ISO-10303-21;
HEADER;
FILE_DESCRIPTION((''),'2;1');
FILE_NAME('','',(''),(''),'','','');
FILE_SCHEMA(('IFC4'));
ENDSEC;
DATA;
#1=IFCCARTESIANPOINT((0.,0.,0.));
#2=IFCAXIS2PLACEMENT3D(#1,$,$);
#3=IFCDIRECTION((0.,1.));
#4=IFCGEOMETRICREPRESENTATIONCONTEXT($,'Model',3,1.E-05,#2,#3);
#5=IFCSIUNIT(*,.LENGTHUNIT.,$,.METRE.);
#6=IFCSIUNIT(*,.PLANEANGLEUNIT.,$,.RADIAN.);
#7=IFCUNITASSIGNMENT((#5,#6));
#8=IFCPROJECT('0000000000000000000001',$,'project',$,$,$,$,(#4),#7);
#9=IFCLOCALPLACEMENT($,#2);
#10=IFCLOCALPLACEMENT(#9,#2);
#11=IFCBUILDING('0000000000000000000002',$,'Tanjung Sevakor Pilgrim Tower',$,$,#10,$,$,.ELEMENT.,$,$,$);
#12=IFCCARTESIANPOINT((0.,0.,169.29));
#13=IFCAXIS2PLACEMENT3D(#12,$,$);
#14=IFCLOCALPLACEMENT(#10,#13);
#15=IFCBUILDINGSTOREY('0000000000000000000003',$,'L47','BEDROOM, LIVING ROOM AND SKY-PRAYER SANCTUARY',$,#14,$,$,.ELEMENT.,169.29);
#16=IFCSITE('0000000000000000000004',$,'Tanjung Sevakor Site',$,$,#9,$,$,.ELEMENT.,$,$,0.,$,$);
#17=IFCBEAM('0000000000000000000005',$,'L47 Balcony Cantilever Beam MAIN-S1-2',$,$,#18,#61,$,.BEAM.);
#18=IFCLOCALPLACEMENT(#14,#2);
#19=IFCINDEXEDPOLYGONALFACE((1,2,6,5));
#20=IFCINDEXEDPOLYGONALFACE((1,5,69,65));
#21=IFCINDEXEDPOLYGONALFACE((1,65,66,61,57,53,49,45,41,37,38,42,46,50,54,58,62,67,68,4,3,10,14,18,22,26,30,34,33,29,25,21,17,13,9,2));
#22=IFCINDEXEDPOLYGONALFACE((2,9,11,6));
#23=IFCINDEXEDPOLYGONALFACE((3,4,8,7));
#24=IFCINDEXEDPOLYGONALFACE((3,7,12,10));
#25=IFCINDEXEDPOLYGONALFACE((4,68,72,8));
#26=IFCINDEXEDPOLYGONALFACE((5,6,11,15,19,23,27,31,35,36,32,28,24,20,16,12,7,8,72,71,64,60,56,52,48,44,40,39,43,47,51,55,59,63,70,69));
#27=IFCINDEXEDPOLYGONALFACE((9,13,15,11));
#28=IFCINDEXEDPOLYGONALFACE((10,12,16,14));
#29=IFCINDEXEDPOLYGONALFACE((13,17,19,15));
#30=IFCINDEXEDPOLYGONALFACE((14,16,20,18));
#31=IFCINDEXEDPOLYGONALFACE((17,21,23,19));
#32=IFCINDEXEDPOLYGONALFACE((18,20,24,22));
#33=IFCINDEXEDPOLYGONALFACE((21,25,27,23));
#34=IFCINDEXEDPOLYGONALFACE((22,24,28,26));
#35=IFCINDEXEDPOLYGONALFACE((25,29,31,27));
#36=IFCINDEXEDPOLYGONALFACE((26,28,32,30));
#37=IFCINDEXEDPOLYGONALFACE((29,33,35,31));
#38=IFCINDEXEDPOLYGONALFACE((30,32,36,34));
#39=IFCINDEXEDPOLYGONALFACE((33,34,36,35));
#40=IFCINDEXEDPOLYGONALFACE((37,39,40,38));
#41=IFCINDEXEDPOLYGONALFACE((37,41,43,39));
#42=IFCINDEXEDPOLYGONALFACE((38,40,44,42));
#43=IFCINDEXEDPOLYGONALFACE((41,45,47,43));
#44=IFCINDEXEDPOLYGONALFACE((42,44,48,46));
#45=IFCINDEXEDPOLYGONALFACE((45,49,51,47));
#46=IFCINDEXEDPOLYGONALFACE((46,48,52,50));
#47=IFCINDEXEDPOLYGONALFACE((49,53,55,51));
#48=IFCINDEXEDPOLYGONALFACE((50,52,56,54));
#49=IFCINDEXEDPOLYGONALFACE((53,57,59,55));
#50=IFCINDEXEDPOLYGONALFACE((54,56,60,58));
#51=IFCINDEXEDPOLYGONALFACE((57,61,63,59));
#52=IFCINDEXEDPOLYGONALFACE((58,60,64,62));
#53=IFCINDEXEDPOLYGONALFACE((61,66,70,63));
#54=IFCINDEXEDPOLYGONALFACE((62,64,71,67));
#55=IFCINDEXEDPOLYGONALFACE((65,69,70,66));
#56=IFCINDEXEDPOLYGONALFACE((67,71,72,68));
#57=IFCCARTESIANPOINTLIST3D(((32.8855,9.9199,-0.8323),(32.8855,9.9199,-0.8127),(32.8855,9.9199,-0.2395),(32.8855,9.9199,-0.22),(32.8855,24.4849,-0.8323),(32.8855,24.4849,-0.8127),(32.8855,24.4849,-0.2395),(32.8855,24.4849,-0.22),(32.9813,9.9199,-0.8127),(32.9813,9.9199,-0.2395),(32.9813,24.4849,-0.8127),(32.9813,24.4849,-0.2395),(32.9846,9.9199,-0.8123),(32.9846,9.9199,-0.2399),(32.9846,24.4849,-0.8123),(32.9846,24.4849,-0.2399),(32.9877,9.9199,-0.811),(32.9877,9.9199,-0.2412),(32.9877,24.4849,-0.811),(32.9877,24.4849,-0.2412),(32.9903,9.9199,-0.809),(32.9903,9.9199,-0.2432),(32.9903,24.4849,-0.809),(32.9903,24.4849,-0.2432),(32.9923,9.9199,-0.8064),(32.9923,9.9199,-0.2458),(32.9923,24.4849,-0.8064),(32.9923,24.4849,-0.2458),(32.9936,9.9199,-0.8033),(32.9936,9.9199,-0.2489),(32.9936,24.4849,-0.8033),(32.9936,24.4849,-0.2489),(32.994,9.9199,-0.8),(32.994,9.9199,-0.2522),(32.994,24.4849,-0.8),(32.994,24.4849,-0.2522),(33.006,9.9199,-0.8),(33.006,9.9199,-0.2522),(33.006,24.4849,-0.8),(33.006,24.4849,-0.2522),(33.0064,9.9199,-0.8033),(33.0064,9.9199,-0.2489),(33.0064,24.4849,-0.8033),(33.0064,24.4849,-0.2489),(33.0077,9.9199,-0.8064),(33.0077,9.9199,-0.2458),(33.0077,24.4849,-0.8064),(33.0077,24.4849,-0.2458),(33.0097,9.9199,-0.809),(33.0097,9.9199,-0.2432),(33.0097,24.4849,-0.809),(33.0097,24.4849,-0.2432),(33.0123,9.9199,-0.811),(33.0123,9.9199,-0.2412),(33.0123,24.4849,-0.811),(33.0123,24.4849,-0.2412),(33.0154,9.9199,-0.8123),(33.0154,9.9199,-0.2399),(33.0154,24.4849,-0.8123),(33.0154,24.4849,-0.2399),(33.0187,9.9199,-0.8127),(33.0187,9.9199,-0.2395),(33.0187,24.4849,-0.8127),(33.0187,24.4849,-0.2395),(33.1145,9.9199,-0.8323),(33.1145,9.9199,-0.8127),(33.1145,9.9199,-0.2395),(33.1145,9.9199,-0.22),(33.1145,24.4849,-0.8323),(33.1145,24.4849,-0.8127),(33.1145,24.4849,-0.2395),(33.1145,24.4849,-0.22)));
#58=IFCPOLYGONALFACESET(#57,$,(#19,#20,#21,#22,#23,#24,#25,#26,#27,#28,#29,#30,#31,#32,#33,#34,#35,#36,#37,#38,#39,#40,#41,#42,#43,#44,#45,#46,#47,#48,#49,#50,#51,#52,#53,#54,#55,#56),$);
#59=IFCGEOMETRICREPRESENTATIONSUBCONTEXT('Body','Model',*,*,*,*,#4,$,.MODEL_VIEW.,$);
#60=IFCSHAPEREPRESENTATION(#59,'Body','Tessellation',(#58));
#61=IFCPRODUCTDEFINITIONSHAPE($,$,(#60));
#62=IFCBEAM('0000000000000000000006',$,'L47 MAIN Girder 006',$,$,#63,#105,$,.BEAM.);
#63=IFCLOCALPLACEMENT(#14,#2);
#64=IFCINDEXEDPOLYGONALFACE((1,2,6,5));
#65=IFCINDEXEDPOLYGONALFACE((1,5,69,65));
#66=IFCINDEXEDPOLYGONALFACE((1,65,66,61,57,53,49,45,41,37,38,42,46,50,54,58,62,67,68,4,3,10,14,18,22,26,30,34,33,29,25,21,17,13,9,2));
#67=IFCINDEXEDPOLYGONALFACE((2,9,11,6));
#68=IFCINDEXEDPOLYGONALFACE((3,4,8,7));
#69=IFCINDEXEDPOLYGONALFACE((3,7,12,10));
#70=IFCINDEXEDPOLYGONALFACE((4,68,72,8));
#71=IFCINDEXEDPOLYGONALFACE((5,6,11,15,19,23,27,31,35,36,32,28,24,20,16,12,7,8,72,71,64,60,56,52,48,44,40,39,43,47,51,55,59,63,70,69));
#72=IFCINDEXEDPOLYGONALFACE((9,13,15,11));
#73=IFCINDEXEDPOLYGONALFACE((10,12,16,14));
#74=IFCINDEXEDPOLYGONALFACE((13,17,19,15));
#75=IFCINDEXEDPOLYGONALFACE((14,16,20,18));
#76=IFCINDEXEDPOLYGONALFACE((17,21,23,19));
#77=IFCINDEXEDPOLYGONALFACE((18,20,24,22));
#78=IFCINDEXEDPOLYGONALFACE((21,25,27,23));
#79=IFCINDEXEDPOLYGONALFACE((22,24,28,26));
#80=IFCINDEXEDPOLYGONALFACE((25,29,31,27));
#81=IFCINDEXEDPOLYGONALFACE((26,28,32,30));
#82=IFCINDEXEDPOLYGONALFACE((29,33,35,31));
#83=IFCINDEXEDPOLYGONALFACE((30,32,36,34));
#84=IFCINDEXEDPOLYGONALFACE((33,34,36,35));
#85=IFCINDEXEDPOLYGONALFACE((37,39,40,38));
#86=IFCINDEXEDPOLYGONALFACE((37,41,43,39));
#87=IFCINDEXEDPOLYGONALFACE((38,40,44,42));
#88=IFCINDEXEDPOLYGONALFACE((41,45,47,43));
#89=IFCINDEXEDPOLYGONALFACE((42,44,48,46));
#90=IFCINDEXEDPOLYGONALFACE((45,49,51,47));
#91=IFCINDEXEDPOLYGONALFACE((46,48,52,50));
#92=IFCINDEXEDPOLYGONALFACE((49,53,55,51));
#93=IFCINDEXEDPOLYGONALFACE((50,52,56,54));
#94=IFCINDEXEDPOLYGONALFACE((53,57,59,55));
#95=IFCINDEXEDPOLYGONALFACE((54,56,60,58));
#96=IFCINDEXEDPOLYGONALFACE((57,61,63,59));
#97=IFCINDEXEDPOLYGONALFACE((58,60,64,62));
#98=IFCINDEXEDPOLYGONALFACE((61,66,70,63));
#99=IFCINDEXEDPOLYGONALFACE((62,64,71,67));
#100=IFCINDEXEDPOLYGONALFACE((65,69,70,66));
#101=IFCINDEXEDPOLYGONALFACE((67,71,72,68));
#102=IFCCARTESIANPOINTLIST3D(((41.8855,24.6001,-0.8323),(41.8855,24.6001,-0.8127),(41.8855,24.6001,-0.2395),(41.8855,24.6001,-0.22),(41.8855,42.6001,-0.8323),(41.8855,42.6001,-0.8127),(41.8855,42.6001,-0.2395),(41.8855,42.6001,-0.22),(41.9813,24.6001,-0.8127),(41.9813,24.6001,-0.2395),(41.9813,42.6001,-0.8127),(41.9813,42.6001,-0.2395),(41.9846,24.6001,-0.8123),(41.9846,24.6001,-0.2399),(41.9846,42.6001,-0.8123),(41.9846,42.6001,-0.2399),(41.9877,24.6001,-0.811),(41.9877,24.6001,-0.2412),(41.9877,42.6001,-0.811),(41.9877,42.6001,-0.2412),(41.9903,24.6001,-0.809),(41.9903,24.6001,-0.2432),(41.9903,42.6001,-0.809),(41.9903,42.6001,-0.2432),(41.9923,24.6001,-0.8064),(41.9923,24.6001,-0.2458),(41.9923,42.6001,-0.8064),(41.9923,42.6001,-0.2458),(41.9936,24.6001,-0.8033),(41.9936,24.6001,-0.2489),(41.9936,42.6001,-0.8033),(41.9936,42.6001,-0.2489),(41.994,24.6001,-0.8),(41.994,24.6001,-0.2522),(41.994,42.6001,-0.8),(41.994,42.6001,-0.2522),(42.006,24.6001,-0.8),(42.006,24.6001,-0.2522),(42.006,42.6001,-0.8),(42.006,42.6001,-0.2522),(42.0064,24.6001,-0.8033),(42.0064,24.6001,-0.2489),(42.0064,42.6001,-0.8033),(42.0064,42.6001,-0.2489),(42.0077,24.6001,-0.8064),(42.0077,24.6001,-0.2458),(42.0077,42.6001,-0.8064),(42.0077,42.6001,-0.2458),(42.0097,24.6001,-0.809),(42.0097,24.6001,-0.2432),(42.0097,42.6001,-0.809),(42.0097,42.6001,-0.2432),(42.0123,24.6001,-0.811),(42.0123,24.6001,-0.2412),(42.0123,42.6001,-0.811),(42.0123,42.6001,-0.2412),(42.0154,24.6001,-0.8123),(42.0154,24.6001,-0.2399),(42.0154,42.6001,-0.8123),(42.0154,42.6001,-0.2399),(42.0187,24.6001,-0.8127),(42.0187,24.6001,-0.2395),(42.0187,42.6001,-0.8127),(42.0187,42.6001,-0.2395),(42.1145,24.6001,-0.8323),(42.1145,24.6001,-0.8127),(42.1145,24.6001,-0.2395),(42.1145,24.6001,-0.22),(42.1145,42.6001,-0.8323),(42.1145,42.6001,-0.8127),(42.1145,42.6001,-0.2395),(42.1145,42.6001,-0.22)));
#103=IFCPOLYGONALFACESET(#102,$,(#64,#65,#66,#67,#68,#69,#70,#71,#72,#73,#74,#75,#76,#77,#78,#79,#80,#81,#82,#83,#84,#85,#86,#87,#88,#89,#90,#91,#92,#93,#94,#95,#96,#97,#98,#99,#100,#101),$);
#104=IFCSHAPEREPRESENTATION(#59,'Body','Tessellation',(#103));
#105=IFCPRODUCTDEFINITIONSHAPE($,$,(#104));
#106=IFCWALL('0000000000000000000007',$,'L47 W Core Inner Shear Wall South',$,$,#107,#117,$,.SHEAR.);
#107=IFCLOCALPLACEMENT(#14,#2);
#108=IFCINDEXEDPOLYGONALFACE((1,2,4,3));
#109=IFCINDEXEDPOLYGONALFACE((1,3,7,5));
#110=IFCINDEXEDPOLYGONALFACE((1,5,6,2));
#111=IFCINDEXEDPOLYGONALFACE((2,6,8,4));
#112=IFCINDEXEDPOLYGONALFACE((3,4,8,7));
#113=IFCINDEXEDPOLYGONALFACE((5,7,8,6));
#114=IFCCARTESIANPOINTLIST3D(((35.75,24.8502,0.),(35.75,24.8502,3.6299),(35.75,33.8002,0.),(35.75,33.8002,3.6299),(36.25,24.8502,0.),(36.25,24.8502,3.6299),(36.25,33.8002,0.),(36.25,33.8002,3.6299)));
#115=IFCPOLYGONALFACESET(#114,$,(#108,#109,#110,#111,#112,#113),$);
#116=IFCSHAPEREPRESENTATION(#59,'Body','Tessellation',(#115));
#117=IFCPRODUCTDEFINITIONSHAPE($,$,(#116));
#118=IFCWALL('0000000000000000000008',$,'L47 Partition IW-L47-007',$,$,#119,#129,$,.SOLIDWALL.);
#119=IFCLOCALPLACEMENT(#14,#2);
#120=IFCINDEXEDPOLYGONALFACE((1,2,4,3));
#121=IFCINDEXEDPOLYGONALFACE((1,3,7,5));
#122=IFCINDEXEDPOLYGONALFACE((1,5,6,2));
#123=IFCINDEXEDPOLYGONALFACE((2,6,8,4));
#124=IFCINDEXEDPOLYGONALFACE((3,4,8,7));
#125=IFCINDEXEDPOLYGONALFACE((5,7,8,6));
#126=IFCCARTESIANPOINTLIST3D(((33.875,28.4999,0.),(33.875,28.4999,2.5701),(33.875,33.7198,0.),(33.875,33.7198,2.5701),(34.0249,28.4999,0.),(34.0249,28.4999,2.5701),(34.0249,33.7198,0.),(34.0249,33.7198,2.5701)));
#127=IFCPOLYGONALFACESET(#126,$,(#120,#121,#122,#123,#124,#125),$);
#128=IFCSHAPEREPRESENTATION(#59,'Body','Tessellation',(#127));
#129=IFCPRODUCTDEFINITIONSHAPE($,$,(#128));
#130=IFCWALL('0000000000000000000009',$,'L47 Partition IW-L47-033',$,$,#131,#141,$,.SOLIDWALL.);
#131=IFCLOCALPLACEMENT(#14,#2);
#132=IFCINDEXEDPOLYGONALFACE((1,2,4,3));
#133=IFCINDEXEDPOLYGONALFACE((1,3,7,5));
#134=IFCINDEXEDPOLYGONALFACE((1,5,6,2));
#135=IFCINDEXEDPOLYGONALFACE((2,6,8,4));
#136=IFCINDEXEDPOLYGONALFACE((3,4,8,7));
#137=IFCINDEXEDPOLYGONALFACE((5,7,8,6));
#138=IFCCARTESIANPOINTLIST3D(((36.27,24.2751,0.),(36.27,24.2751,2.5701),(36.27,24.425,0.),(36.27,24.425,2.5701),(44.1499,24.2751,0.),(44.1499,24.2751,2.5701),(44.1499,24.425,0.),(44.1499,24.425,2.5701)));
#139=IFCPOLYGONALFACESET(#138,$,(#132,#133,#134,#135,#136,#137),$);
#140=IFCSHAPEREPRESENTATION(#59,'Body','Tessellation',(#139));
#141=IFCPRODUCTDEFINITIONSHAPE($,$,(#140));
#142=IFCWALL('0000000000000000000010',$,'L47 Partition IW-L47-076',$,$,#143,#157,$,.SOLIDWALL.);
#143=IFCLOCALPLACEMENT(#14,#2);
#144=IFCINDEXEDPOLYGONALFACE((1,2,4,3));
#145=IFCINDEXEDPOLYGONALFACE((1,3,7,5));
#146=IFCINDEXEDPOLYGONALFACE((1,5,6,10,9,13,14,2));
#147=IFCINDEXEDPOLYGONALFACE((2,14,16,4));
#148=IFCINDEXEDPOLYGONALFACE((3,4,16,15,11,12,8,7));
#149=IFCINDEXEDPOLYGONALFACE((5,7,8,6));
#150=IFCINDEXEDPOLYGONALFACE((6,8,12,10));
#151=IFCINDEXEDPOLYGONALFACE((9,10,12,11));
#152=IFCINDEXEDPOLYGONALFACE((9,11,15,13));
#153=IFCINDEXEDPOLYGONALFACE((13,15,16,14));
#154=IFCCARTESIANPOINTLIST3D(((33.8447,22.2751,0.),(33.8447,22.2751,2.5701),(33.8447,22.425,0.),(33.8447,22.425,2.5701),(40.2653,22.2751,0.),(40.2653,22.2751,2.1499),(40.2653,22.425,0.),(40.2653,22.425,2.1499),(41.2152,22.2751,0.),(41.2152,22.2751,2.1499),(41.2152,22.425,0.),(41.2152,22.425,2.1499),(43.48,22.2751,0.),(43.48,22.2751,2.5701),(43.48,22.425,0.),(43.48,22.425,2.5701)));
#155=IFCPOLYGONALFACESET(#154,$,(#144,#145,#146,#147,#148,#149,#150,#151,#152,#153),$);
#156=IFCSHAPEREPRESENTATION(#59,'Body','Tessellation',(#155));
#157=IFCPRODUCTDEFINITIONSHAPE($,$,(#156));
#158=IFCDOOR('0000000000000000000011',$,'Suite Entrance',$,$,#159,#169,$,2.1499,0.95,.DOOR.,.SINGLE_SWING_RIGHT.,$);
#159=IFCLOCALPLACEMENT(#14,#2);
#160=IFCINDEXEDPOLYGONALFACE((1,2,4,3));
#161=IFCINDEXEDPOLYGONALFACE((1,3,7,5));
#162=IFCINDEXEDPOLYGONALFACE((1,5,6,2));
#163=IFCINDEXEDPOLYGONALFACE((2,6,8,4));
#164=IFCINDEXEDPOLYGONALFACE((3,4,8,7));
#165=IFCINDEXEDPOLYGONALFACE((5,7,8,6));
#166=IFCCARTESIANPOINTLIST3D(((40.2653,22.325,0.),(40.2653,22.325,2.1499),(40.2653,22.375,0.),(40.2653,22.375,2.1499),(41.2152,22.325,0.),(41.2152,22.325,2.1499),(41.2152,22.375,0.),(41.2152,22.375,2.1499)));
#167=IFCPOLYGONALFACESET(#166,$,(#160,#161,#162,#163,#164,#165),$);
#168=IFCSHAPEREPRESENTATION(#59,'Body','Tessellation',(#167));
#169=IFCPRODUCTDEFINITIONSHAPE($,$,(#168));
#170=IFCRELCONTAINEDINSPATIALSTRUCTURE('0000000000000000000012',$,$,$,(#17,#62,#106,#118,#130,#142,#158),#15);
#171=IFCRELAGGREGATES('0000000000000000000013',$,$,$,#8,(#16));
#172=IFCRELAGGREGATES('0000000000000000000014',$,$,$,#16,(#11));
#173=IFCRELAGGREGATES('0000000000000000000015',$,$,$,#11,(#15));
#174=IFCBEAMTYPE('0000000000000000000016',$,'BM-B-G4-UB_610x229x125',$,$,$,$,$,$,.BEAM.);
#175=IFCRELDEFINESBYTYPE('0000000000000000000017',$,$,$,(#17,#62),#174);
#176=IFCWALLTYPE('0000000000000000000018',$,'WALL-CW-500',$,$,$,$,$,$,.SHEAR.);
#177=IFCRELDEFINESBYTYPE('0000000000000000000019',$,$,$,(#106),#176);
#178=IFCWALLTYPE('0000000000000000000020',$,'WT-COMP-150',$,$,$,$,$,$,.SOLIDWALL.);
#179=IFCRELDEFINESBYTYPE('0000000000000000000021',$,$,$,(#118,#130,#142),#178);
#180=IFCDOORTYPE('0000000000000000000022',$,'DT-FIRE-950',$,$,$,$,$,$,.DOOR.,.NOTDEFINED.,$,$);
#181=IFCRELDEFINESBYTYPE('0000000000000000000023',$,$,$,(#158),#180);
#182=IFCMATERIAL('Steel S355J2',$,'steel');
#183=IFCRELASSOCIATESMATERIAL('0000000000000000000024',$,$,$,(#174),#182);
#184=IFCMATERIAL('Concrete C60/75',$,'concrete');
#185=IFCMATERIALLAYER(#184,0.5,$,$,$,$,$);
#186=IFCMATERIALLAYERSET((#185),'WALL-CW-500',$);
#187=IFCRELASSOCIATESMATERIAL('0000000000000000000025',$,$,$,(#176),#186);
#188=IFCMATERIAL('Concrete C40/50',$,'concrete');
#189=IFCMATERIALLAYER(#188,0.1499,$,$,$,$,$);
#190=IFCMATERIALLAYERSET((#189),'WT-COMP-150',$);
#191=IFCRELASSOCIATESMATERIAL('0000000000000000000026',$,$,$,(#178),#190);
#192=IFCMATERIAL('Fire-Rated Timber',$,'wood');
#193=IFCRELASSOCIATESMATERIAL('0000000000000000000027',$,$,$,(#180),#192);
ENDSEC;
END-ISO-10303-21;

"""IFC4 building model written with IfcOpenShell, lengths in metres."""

from ifc_helpers import new_model, si_unit, direction, frame, frame_2d, origin, origin_2d, place, context, subcontext, project, spatial, rectangle, i_section, extrude, material, layer, layer_set, material_profile, profile_set, type_object, element, fill, save


model = new_model("IFC4")

# Units and contexts
model_context = context("Model", 3, precision=1e-05, world=origin(), true_north=direction((0.0, 1.0)))
body_context = subcontext(model_context, "Body", "Model", "MODEL_VIEW")
ifc_project = project(units=[si_unit("LENGTHUNIT", "METRE"), si_unit("PLANEANGLEUNIT", "RADIAN")], contexts=[model_context])

# Site, building, storey
site_placement = place(None, origin())
site = spatial("IfcSite", under=ifc_project, at=site_placement, Name="Tanjung Sevakor Site", CompositionType="ELEMENT", RefElevation=0.0)
building_placement = place(site_placement, origin())
building = spatial("IfcBuilding", under=site, at=building_placement, Name="Tanjung Sevakor Pilgrim Tower", CompositionType="ELEMENT")
storey_placement = place(building_placement, frame((0.0, 0.0, 169.29)))
storey = spatial("IfcBuildingStorey", under=building, at=storey_placement, Name="L47", Description="BEDROOM, LIVING ROOM AND SKY-PRAYER SANCTUARY", CompositionType="ELEMENT", Elevation=169.29)

# Beams
ifc_material_1 = material(Name="Steel S355J2", Category="steel")
ifc_material_profile_1 = material_profile(ifc_material_1, i_section(OverallWidth=0.229, OverallDepth=0.6123, WebThickness=0.012, FlangeThickness=0.0195, FilletRadius=0.0127, at=origin_2d()))
ifc_profile_set_1 = profile_set([ifc_material_profile_1], Name="Steel S355J2")
beam_type_1 = type_object("IfcBeamType", Name="BM-B-G4-UB_610x229x125", PredefinedType="BEAM", material=ifc_profile_set_1)
for number, where, z_axis, x_axis, name in (
    (1, (33.0, 24.4849, -0.5261), (0.0, -1.0, 0.0), (1.0, 0.0, 0.0), "L47 Balcony Cantilever Beam MAIN-S1-2"),
):
    element("IfcBeam", number, at=place(storey_placement, frame(where, z_axis=z_axis, x_axis=x_axis)), inside=storey, type_object=beam_type_1, Name=name, PredefinedType="BEAM", context=body_context, shape_type="SweptSolid", body=[
        extrude(i_section(OverallWidth=0.229, OverallDepth=0.6123, WebThickness=0.012, FlangeThickness=0.0195, FilletRadius=0.0127, at=origin_2d()), origin(), (0.0, 0.0, 1.0), 14.5649),
    ])
beam_placement = place(storey_placement, frame((42.0, 24.6001, -0.5261), z_axis=(0.0, 1.0, 0.0), x_axis=(-1.0, 0.0, 0.0)))
element("IfcBeam", 2, at=beam_placement, inside=storey, type_object=beam_type_1, Name="L47 MAIN Girder 006", PredefinedType="BEAM", context=body_context, shape_type="SweptSolid", body=[
    extrude(i_section(OverallWidth=0.229, OverallDepth=0.6123, WebThickness=0.012, FlangeThickness=0.0195, FilletRadius=0.0127, at=origin_2d()), origin(), (0.0, 0.0, 1.0), 18.0),
])

# Wall
ifc_material_2 = material(Name="Concrete C60/75", Category="concrete")
ifc_layer_1 = layer(ifc_material_2, 0.5)
ifc_layer_set_1 = layer_set([ifc_layer_1], Name="WALL-CW-500")
wall_type_1 = type_object("IfcWallType", Name="WALL-CW-500", PredefinedType="SHEAR", material=ifc_layer_set_1)
wall_1_placement = place(storey_placement, frame((36.0, 24.8501, 0.0), z_axis=(0.0, 0.0, 1.0), x_axis=(0.0, 1.0, 0.0)))
element("IfcWall", 3, at=wall_1_placement, inside=storey, type_object=wall_type_1, Name="L47 W Core Inner Shear Wall South", PredefinedType="SHEAR", context=body_context, shape_type="SweptSolid", body=[
    extrude(rectangle(XDim=8.95, YDim=0.5, at=frame_2d((4.4751, 0.0))), origin(), (0.0, 0.0, 1.0), 3.6299),
])

# Shared definitions
ifc_material_3 = material(Name="Concrete C40/50", Category="concrete")
ifc_layer_2 = layer(ifc_material_3, 0.1499)
ifc_layer_set_2 = layer_set([ifc_layer_2], Name="WT-COMP-150")
wall_type_2 = type_object("IfcWallType", Name="WT-COMP-150", PredefinedType="SOLIDWALL", material=ifc_layer_set_2)
ifc_material_4 = material(Name="Fire-Rated Timber", Category="wood")
door_type_1 = type_object("IfcDoorType", Name="DT-FIRE-950", OperationType="NOTDEFINED", PredefinedType="DOOR", material=ifc_material_4)

# Wall
wall_2_placement = place(storey_placement, frame((33.95, 28.5, 0.0), z_axis=(0.0, 0.0, 1.0), x_axis=(0.0, 1.0, 0.0)))
element("IfcWall", 4, at=wall_2_placement, inside=storey, type_object=wall_type_2, Name="L47 Partition IW-L47-007", PredefinedType="SOLIDWALL", context=body_context, shape_type="SweptSolid", body=[
    extrude(rectangle(XDim=5.22, YDim=0.1499, at=frame_2d((2.6099, 0.0))), origin(), (0.0, 0.0, 1.0), 2.5701),
])

# Wall
wall_3_placement = place(storey_placement, frame((36.27, 24.3501, 0.0), z_axis=(0.0, 0.0, 1.0), x_axis=(1.0, 0.0, 0.0)))
element("IfcWall", 5, at=wall_3_placement, inside=storey, type_object=wall_type_2, Name="L47 Partition IW-L47-033", PredefinedType="SOLIDWALL", context=body_context, shape_type="SweptSolid", body=[
    extrude(rectangle(XDim=7.8799, YDim=0.1499, at=frame_2d((3.9399, 0.0))), origin(), (0.0, 0.0, 1.0), 2.5701),
])

# Wall, opening, door
wall_4_placement = place(storey_placement, frame((33.8447, 22.3501, 0.0), z_axis=(0.0, 0.0, 1.0), x_axis=(1.0, 0.0, 0.0)))
wall_4 = element("IfcWall", 6, at=wall_4_placement, inside=storey, type_object=wall_type_2, Name="L47 Partition IW-L47-076", PredefinedType="SOLIDWALL", context=body_context, shape_type="SweptSolid", body=[
    extrude(rectangle(XDim=9.6353, YDim=0.1499, at=frame_2d((4.8176, 0.0))), origin(), (0.0, 0.0, 1.0), 2.5701),
])
opening_1_placement = place(wall_4_placement, frame((6.4204, 0.0, 0.0)))
opening_1 = element("IfcOpeningElement", 7, at=opening_1_placement, cuts=wall_4, PredefinedType="OPENING", context=body_context, shape_type="SweptSolid", body=[
    extrude(rectangle(XDim=0.95, YDim=2.1499, at=frame_2d((0.4751, 1.075))), frame((0.0, 0.085, 0.0), z_axis=(0.0, -1.0, 0.0), x_axis=(1.0, 0.0, 0.0)), (0.0, 0.0, 1.0), 0.1699),
])
door_1_placement = place(opening_1_placement, origin())
door_1 = element("IfcDoor", 8, at=door_1_placement, inside=storey, type_object=door_type_1, Name="Suite Entrance", OperationType="SINGLE_SWING_RIGHT", OverallHeight=2.1499, OverallWidth=0.95, PredefinedType="DOOR", context=body_context, shape_type="SweptSolid", body=[
    extrude(rectangle(XDim=0.95, YDim=2.1499, at=frame_2d((0.4751, 1.075))), frame((0.0, 0.0249, 0.0), z_axis=(0.0, -1.0, 0.0), x_axis=(1.0, 0.0, 0.0)), (0.0, 0.0, 1.0), 0.05),
])
fill(opening_1, door_1)

save(model, "model.ifc")
